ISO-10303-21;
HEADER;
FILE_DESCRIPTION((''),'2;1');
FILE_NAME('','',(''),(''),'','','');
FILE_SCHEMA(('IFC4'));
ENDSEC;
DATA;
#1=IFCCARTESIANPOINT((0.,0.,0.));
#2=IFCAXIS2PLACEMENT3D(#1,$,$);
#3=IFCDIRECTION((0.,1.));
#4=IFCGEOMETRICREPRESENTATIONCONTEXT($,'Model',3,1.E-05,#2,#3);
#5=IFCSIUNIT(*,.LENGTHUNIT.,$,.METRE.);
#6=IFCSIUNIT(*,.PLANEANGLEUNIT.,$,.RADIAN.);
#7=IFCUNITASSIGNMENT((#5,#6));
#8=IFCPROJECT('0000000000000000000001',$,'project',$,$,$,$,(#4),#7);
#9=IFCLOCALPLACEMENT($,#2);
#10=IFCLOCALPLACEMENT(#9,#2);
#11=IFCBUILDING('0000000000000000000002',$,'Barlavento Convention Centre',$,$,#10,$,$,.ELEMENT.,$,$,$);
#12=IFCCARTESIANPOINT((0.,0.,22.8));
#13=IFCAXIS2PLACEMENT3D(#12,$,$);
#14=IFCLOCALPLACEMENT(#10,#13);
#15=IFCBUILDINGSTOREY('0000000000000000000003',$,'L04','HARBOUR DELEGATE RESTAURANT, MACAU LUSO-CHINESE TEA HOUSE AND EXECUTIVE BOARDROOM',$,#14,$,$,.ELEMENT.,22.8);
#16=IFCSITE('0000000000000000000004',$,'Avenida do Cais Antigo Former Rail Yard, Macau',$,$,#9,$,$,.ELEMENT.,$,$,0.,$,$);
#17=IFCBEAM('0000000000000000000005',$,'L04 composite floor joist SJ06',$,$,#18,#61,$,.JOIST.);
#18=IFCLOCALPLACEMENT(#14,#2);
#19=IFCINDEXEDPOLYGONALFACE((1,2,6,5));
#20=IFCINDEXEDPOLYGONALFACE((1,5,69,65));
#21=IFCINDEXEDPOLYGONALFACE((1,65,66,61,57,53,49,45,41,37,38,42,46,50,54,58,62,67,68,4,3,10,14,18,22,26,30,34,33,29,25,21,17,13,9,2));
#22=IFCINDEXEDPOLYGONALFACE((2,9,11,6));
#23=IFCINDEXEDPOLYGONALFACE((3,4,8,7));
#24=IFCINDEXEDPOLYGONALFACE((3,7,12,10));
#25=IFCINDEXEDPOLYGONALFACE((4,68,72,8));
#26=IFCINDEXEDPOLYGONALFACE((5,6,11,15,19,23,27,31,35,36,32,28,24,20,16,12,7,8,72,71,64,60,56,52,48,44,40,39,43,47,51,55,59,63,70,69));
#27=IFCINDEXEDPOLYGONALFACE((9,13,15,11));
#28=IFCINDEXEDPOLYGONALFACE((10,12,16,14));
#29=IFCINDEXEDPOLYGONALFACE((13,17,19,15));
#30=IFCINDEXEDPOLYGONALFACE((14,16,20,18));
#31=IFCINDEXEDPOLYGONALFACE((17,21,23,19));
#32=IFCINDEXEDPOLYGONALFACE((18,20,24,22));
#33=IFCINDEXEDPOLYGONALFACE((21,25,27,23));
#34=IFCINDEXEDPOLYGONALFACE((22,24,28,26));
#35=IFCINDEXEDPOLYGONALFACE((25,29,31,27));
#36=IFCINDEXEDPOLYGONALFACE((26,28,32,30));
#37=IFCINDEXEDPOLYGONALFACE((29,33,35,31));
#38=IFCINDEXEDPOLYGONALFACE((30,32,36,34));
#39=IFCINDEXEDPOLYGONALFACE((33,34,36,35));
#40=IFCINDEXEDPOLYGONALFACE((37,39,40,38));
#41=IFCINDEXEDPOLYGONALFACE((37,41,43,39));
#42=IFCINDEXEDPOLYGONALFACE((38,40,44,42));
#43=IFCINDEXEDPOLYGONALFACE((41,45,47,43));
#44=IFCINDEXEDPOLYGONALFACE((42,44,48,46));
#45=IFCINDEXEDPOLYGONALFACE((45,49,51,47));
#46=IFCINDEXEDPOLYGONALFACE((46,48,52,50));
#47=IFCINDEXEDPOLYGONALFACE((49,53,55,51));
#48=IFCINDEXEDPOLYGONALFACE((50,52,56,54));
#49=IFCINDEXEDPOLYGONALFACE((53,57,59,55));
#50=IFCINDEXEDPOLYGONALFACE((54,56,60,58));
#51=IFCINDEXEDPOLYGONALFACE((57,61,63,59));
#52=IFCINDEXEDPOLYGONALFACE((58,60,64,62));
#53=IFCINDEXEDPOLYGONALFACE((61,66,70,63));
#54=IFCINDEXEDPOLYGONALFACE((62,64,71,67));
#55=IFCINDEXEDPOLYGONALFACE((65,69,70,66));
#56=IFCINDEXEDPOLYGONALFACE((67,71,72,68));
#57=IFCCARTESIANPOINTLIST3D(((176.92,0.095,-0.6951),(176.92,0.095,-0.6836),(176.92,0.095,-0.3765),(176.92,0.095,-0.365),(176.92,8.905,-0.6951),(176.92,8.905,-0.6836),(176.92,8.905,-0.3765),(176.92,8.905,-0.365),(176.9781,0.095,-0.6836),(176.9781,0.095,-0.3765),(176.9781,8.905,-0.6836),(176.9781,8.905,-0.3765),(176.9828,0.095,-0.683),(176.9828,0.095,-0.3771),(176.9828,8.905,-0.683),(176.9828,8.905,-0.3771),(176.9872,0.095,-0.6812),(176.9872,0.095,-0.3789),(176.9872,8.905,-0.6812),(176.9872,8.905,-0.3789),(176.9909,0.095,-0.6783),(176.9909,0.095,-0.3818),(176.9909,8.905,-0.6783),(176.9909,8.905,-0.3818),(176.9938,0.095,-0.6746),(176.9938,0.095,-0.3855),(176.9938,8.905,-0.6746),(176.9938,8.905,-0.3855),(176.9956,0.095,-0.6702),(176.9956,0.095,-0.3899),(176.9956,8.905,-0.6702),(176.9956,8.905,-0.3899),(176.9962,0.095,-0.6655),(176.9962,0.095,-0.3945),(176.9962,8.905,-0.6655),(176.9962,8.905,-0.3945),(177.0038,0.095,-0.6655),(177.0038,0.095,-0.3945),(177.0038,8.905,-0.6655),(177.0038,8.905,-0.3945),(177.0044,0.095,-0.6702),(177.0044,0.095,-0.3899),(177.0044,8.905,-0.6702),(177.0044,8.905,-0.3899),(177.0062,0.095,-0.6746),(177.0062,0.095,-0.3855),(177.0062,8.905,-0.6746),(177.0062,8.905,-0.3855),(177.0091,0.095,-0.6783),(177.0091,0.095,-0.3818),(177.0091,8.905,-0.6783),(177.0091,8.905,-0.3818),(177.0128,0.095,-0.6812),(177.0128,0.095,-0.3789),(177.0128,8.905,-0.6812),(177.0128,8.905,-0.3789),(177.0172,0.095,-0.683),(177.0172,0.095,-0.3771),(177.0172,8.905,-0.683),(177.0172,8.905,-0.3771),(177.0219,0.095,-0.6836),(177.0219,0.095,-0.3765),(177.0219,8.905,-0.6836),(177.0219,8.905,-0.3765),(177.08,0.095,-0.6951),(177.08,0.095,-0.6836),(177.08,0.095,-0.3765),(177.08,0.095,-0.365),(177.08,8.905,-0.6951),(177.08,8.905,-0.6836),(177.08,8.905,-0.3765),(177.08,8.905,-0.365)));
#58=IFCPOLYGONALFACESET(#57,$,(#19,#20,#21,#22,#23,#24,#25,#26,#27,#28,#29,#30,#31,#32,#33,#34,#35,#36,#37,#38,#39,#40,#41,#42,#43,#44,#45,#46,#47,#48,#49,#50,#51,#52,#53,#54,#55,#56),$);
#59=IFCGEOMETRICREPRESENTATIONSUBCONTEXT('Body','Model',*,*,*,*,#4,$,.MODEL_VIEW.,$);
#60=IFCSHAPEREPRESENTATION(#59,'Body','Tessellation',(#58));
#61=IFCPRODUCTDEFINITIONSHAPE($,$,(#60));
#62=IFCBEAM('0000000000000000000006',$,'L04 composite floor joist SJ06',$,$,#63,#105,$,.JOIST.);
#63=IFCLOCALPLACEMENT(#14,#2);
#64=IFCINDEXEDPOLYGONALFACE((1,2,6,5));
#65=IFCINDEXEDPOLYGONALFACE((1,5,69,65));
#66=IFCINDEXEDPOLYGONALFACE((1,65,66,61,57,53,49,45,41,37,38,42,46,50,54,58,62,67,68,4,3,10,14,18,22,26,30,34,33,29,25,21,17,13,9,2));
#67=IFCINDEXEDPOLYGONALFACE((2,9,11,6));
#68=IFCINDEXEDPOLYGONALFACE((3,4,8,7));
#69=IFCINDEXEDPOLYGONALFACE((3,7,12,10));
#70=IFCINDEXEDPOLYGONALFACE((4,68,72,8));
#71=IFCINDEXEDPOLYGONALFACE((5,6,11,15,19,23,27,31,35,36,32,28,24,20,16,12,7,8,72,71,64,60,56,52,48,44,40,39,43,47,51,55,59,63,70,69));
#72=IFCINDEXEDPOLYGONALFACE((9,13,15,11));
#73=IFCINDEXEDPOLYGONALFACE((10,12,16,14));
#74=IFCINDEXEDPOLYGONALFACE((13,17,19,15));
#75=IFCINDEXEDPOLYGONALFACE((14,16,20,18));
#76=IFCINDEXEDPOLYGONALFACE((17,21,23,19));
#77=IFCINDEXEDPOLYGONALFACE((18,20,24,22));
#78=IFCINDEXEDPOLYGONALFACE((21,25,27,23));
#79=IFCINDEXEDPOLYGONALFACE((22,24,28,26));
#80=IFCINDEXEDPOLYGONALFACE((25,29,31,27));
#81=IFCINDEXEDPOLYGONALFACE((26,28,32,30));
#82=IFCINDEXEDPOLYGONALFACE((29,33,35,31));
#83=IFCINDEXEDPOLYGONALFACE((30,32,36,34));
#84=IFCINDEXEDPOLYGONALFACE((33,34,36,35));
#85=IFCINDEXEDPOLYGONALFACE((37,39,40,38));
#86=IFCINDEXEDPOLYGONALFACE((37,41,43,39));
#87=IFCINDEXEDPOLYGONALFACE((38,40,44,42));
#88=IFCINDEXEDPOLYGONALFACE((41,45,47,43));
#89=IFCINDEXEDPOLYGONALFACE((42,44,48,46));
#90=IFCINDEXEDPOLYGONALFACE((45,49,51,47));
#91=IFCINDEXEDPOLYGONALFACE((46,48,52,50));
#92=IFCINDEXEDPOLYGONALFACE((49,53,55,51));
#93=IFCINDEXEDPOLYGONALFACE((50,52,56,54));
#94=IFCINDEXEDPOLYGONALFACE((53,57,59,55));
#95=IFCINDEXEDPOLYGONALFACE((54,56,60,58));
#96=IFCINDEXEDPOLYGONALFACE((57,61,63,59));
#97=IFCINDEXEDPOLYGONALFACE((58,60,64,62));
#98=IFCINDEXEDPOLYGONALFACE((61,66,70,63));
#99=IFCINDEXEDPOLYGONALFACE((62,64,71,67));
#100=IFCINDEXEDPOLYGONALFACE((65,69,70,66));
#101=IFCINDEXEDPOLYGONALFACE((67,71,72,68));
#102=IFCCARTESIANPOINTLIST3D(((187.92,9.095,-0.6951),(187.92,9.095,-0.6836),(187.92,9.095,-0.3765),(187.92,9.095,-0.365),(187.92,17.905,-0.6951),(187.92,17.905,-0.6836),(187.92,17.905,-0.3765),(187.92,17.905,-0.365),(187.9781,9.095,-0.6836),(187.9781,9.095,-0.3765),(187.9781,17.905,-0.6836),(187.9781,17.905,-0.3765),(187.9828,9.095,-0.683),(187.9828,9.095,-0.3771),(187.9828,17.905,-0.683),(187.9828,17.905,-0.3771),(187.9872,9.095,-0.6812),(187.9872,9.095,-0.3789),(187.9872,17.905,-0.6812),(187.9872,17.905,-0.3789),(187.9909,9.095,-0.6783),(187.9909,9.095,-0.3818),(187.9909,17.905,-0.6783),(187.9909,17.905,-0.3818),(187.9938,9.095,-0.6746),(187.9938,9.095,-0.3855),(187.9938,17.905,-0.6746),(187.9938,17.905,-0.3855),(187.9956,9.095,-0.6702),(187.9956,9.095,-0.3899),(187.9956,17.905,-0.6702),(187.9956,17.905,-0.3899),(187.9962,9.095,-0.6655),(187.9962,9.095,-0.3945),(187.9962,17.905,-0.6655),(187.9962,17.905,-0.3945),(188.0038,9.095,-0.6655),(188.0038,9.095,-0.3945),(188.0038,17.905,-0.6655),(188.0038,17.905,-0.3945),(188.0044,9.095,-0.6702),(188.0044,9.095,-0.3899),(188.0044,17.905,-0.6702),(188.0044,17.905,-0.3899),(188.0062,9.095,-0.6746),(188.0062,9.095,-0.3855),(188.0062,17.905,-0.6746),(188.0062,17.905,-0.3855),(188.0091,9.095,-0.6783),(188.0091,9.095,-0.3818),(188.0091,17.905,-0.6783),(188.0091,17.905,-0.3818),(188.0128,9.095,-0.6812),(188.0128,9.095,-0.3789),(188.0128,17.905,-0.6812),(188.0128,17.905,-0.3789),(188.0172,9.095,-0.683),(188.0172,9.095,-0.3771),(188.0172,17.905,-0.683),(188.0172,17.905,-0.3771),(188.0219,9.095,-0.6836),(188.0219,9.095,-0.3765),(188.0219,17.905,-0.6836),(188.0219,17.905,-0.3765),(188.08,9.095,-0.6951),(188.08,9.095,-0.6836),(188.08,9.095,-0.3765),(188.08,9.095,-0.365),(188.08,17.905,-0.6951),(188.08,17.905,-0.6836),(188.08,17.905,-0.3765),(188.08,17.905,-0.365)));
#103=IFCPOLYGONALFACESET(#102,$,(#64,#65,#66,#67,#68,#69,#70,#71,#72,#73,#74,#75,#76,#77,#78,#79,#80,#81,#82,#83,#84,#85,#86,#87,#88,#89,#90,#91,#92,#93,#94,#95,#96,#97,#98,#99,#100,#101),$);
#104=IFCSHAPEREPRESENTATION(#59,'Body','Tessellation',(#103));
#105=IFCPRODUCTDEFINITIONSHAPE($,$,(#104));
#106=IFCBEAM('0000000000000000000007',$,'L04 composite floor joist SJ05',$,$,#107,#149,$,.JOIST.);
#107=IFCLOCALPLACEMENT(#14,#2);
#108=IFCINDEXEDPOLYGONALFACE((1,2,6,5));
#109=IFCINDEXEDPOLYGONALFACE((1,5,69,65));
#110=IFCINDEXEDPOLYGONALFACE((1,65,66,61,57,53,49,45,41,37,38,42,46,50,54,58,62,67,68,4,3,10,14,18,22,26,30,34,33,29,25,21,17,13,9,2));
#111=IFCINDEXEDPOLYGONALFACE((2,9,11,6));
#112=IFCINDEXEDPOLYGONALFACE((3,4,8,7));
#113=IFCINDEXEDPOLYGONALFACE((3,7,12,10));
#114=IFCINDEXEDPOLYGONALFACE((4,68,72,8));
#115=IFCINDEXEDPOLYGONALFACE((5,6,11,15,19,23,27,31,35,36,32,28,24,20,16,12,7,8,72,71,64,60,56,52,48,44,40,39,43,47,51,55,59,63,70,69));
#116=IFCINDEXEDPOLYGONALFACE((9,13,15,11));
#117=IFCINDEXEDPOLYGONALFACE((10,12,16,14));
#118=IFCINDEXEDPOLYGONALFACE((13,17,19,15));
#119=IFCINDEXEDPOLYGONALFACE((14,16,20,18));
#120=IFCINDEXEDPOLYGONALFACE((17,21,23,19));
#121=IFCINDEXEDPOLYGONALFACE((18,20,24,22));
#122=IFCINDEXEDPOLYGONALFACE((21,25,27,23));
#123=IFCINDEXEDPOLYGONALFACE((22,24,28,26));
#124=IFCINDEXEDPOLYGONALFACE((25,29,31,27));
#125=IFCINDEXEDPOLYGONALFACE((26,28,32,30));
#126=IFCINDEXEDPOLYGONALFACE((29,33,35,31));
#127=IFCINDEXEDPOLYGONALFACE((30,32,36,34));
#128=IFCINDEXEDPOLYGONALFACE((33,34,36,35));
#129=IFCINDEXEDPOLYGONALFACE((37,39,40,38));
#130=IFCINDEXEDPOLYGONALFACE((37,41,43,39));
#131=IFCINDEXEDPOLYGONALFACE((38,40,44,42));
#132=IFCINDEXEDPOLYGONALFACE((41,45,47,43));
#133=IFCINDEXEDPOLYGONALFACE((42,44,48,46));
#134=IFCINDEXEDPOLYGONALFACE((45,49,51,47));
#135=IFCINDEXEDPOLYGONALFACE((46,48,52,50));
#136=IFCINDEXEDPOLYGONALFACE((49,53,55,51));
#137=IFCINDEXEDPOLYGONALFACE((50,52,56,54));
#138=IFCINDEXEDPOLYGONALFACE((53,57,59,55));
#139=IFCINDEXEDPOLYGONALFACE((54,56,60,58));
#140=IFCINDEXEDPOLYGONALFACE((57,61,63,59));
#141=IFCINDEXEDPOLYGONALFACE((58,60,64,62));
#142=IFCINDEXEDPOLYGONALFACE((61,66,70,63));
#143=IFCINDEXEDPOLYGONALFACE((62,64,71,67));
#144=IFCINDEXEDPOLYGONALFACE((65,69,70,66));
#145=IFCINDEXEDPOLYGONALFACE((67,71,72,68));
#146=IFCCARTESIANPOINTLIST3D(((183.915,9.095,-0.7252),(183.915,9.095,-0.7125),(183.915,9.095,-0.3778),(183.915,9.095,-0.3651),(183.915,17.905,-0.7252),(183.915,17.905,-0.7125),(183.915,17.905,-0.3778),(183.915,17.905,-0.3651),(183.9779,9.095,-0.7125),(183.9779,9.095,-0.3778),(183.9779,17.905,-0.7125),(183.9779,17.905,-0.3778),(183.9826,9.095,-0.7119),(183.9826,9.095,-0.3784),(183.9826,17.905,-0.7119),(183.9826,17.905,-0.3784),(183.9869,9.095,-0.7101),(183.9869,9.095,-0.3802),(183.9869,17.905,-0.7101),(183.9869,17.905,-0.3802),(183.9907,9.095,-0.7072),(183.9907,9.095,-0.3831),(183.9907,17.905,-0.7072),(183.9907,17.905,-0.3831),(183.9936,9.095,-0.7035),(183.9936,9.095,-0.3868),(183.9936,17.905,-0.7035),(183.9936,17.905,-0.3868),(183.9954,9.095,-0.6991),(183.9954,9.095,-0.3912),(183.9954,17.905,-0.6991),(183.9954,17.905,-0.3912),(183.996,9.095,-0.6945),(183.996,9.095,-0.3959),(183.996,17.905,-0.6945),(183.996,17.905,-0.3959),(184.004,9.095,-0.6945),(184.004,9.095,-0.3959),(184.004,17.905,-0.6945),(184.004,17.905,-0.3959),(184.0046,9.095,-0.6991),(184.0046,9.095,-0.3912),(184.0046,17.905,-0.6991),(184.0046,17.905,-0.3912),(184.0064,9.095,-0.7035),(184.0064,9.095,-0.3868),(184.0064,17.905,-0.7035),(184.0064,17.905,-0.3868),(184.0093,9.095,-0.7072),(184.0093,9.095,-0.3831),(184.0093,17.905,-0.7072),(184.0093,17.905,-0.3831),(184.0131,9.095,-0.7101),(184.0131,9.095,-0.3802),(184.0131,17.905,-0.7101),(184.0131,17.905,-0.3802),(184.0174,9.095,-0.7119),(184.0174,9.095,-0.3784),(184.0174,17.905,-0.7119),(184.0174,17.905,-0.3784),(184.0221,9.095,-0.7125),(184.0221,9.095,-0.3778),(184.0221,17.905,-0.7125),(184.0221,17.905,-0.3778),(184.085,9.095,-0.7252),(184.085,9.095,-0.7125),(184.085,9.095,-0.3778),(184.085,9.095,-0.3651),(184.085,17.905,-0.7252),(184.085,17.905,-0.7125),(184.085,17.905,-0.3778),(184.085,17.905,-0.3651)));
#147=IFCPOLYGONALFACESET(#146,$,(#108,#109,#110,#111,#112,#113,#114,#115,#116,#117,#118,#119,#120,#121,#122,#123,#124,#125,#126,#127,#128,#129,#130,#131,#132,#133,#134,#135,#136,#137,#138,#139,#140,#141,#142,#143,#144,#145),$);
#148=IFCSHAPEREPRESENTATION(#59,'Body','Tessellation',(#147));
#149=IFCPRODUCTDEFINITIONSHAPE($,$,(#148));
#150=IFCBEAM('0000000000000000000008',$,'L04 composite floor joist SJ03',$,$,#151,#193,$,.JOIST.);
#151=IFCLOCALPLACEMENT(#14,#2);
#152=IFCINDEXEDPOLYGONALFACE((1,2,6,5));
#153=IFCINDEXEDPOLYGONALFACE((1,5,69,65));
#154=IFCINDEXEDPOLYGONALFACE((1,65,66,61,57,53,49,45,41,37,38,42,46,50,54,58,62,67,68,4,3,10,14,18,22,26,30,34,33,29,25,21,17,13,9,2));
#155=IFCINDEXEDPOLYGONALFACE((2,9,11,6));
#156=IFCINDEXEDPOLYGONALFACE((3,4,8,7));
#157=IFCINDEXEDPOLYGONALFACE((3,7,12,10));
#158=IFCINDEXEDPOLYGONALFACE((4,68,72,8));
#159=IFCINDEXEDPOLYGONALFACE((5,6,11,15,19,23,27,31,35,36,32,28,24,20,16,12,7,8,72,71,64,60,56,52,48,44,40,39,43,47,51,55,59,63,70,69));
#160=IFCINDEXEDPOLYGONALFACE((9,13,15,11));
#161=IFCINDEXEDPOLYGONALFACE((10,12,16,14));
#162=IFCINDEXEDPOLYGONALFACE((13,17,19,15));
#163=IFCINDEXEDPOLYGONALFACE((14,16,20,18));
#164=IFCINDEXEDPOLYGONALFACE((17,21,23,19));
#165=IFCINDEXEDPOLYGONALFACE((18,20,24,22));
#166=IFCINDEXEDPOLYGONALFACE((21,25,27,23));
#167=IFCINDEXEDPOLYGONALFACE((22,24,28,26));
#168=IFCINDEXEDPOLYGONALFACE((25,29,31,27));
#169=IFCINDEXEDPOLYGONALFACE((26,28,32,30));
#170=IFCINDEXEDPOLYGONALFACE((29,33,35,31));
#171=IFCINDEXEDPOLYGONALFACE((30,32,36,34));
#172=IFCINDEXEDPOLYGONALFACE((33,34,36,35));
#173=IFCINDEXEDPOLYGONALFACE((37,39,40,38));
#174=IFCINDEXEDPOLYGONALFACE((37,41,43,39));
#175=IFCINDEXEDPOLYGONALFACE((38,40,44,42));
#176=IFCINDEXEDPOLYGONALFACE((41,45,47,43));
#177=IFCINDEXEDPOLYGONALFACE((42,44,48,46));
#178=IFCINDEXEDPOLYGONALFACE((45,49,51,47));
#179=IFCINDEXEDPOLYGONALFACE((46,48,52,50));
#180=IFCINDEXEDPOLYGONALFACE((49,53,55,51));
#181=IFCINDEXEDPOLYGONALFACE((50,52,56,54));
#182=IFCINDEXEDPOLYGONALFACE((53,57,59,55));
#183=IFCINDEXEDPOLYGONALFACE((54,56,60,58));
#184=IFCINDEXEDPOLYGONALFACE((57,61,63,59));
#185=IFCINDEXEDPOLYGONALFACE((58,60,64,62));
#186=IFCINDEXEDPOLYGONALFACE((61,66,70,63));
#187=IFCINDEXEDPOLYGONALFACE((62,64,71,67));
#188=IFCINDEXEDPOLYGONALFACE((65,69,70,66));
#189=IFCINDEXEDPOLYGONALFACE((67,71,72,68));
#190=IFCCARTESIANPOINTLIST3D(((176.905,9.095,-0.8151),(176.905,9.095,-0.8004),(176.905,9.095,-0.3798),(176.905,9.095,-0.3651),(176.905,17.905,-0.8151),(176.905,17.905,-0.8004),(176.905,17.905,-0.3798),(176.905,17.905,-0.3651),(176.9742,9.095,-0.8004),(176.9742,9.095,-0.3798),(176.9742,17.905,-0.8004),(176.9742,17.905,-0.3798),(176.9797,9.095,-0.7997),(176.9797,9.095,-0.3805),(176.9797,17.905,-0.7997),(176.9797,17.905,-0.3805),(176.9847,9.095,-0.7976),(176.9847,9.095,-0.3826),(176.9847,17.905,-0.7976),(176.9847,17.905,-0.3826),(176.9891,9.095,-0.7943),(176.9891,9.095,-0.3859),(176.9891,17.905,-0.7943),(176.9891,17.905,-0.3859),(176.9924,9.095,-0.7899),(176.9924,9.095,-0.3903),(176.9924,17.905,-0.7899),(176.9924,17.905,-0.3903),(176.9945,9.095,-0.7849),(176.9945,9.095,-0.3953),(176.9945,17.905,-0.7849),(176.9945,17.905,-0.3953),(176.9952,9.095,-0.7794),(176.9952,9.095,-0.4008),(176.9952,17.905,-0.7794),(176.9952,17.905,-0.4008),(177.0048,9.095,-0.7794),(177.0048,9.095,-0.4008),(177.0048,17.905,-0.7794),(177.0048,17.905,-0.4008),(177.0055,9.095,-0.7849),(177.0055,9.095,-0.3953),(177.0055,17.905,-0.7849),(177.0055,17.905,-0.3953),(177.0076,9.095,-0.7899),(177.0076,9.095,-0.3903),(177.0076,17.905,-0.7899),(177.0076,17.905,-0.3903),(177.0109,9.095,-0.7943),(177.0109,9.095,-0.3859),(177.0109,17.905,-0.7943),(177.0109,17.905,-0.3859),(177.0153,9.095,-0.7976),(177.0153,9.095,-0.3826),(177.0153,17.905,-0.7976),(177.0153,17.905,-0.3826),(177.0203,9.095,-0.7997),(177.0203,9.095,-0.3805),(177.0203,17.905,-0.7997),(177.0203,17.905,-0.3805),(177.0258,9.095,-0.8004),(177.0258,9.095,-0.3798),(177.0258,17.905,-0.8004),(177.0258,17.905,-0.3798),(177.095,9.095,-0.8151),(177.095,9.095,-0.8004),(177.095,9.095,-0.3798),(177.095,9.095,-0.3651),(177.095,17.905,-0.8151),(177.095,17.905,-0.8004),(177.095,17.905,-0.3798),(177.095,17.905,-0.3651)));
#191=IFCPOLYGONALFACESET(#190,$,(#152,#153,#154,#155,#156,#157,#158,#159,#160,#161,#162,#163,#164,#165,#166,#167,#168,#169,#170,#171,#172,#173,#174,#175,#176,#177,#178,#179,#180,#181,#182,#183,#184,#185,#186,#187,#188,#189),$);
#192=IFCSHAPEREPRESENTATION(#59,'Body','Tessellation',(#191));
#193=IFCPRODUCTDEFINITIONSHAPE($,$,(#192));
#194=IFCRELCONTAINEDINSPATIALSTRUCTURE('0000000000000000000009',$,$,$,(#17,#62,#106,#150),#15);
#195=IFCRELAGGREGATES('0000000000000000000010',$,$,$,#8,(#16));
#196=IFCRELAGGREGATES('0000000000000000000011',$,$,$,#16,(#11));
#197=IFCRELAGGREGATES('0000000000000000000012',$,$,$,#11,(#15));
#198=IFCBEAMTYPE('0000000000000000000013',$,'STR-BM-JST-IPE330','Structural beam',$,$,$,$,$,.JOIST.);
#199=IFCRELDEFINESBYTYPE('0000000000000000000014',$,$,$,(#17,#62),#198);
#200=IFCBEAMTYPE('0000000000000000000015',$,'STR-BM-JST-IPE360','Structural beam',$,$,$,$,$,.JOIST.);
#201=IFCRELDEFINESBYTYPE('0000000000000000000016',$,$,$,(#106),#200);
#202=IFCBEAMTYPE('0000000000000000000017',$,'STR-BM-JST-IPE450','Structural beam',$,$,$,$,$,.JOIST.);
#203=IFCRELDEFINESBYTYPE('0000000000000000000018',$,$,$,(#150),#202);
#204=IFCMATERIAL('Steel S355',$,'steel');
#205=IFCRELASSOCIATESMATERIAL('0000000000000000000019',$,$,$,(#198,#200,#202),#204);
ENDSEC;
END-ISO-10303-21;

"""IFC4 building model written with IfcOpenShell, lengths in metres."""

from ifc_helpers import new_model, si_unit, direction, frame, origin, origin_2d, place, context, subcontext, project, spatial, i_section, extrude, material, material_profile, profile_set, type_object, element, save


model = new_model("IFC4")

# Units and contexts
model_context = context("Model", 3, precision=1e-05, world=origin(), true_north=direction((0.0, 1.0)))
body_context = subcontext(model_context, "Body", "Model", "MODEL_VIEW")
ifc_project = project(units=[si_unit("LENGTHUNIT", "METRE"), si_unit("PLANEANGLEUNIT", "RADIAN")], contexts=[model_context])

# Site, building, storey
site_placement = place(None, origin())
site = spatial("IfcSite", under=ifc_project, at=site_placement, Name="Avenida do Cais Antigo Former Rail Yard, Macau", CompositionType="ELEMENT", RefElevation=0.0)
building_placement = place(site_placement, origin())
building = spatial("IfcBuilding", under=site, at=building_placement, Name="Barlavento Convention Centre", CompositionType="ELEMENT")
storey_placement = place(building_placement, frame((0.0, 0.0, 22.8)))
storey = spatial("IfcBuildingStorey", under=building, at=storey_placement, Name="L04", Description="HARBOUR DELEGATE RESTAURANT, MACAU LUSO-CHINESE TEA HOUSE AND EXECUTIVE BOARDROOM", CompositionType="ELEMENT", Elevation=22.8)

# Beams
ifc_material_1 = material(Name="Steel S355", Category="steel")
ifc_material_profile_1 = material_profile(ifc_material_1, i_section(OverallWidth=0.1599, OverallDepth=0.3301, WebThickness=0.0076, FlangeThickness=0.0115, FilletRadius=0.0181, at=origin_2d()), Name="IPE 330")
ifc_profile_set_1 = profile_set([ifc_material_profile_1], Name="Steel S355")
beam_type_1 = type_object("IfcBeamType", Name="STR-BM-JST-IPE330", Description="Structural beam", PredefinedType="JOIST", material=ifc_profile_set_1)
for number, where, z_axis, x_axis, name in (
    (1, (177.0, 0.095, -0.53), (0.0, 1.0, 0.0), (-1.0, 0.0, 0.0), "L04 composite floor joist SJ06"),
    (2, (188.0, 9.095, -0.53), (0.0, 1.0, 0.0), (-1.0, 0.0, 0.0), "L04 composite floor joist SJ06"),
):
    element("IfcBeam", number, at=place(storey_placement, frame(where, z_axis=z_axis, x_axis=x_axis)), inside=storey, type_object=beam_type_1, Name=name, PredefinedType="JOIST", context=body_context, shape_type="SweptSolid", body=[
        extrude(i_section(OverallWidth=0.1599, OverallDepth=0.3301, WebThickness=0.0076, FlangeThickness=0.0115, FilletRadius=0.0181, at=origin_2d()), origin(), (0.0, 0.0, 1.0), 8.8101),
    ])
ifc_material_profile_2 = material_profile(ifc_material_1, i_section(OverallWidth=0.1699, OverallDepth=0.3601, WebThickness=0.0081, FlangeThickness=0.0127, FilletRadius=0.0181, at=origin_2d()), Name="IPE 360")
ifc_profile_set_2 = profile_set([ifc_material_profile_2], Name="Steel S355")
beam_type_2 = type_object("IfcBeamType", Name="STR-BM-JST-IPE360", Description="Structural beam", PredefinedType="JOIST", material=ifc_profile_set_2)
beam_1_placement = place(storey_placement, frame((184.0, 9.095, -0.5452), z_axis=(0.0, 1.0, 0.0), x_axis=(-1.0, 0.0, 0.0)))
element("IfcBeam", 3, at=beam_1_placement, inside=storey, type_object=beam_type_2, Name="L04 composite floor joist SJ05", PredefinedType="JOIST", context=body_context, shape_type="SweptSolid", body=[
    extrude(i_section(OverallWidth=0.1699, OverallDepth=0.3601, WebThickness=0.0081, FlangeThickness=0.0127, FilletRadius=0.0181, at=origin_2d()), origin(), (0.0, 0.0, 1.0), 8.8101),
])
ifc_material_profile_3 = material_profile(ifc_material_1, i_section(OverallWidth=0.1899, OverallDepth=0.45, WebThickness=0.0095, FlangeThickness=0.0146, FilletRadius=0.021, at=origin_2d()), Name="IPE 450")
ifc_profile_set_3 = profile_set([ifc_material_profile_3], Name="Steel S355")
beam_type_3 = type_object("IfcBeamType", Name="STR-BM-JST-IPE450", Description="Structural beam", PredefinedType="JOIST", material=ifc_profile_set_3)
for number, where, z_axis, x_axis, name in (
    (4, (177.0, 9.095, -0.5901), (0.0, 1.0, 0.0), (-1.0, 0.0, 0.0), "L04 composite floor joist SJ03"),
):
    element("IfcBeam", number, at=place(storey_placement, frame(where, z_axis=z_axis, x_axis=x_axis)), inside=storey, type_object=beam_type_3, Name=name, PredefinedType="JOIST", context=body_context, shape_type="SweptSolid", body=[
        extrude(i_section(OverallWidth=0.1899, OverallDepth=0.45, WebThickness=0.0095, FlangeThickness=0.0146, FilletRadius=0.021, at=origin_2d()), origin(), (0.0, 0.0, 1.0), 8.8101),
    ])

save(model, "model.ifc")
